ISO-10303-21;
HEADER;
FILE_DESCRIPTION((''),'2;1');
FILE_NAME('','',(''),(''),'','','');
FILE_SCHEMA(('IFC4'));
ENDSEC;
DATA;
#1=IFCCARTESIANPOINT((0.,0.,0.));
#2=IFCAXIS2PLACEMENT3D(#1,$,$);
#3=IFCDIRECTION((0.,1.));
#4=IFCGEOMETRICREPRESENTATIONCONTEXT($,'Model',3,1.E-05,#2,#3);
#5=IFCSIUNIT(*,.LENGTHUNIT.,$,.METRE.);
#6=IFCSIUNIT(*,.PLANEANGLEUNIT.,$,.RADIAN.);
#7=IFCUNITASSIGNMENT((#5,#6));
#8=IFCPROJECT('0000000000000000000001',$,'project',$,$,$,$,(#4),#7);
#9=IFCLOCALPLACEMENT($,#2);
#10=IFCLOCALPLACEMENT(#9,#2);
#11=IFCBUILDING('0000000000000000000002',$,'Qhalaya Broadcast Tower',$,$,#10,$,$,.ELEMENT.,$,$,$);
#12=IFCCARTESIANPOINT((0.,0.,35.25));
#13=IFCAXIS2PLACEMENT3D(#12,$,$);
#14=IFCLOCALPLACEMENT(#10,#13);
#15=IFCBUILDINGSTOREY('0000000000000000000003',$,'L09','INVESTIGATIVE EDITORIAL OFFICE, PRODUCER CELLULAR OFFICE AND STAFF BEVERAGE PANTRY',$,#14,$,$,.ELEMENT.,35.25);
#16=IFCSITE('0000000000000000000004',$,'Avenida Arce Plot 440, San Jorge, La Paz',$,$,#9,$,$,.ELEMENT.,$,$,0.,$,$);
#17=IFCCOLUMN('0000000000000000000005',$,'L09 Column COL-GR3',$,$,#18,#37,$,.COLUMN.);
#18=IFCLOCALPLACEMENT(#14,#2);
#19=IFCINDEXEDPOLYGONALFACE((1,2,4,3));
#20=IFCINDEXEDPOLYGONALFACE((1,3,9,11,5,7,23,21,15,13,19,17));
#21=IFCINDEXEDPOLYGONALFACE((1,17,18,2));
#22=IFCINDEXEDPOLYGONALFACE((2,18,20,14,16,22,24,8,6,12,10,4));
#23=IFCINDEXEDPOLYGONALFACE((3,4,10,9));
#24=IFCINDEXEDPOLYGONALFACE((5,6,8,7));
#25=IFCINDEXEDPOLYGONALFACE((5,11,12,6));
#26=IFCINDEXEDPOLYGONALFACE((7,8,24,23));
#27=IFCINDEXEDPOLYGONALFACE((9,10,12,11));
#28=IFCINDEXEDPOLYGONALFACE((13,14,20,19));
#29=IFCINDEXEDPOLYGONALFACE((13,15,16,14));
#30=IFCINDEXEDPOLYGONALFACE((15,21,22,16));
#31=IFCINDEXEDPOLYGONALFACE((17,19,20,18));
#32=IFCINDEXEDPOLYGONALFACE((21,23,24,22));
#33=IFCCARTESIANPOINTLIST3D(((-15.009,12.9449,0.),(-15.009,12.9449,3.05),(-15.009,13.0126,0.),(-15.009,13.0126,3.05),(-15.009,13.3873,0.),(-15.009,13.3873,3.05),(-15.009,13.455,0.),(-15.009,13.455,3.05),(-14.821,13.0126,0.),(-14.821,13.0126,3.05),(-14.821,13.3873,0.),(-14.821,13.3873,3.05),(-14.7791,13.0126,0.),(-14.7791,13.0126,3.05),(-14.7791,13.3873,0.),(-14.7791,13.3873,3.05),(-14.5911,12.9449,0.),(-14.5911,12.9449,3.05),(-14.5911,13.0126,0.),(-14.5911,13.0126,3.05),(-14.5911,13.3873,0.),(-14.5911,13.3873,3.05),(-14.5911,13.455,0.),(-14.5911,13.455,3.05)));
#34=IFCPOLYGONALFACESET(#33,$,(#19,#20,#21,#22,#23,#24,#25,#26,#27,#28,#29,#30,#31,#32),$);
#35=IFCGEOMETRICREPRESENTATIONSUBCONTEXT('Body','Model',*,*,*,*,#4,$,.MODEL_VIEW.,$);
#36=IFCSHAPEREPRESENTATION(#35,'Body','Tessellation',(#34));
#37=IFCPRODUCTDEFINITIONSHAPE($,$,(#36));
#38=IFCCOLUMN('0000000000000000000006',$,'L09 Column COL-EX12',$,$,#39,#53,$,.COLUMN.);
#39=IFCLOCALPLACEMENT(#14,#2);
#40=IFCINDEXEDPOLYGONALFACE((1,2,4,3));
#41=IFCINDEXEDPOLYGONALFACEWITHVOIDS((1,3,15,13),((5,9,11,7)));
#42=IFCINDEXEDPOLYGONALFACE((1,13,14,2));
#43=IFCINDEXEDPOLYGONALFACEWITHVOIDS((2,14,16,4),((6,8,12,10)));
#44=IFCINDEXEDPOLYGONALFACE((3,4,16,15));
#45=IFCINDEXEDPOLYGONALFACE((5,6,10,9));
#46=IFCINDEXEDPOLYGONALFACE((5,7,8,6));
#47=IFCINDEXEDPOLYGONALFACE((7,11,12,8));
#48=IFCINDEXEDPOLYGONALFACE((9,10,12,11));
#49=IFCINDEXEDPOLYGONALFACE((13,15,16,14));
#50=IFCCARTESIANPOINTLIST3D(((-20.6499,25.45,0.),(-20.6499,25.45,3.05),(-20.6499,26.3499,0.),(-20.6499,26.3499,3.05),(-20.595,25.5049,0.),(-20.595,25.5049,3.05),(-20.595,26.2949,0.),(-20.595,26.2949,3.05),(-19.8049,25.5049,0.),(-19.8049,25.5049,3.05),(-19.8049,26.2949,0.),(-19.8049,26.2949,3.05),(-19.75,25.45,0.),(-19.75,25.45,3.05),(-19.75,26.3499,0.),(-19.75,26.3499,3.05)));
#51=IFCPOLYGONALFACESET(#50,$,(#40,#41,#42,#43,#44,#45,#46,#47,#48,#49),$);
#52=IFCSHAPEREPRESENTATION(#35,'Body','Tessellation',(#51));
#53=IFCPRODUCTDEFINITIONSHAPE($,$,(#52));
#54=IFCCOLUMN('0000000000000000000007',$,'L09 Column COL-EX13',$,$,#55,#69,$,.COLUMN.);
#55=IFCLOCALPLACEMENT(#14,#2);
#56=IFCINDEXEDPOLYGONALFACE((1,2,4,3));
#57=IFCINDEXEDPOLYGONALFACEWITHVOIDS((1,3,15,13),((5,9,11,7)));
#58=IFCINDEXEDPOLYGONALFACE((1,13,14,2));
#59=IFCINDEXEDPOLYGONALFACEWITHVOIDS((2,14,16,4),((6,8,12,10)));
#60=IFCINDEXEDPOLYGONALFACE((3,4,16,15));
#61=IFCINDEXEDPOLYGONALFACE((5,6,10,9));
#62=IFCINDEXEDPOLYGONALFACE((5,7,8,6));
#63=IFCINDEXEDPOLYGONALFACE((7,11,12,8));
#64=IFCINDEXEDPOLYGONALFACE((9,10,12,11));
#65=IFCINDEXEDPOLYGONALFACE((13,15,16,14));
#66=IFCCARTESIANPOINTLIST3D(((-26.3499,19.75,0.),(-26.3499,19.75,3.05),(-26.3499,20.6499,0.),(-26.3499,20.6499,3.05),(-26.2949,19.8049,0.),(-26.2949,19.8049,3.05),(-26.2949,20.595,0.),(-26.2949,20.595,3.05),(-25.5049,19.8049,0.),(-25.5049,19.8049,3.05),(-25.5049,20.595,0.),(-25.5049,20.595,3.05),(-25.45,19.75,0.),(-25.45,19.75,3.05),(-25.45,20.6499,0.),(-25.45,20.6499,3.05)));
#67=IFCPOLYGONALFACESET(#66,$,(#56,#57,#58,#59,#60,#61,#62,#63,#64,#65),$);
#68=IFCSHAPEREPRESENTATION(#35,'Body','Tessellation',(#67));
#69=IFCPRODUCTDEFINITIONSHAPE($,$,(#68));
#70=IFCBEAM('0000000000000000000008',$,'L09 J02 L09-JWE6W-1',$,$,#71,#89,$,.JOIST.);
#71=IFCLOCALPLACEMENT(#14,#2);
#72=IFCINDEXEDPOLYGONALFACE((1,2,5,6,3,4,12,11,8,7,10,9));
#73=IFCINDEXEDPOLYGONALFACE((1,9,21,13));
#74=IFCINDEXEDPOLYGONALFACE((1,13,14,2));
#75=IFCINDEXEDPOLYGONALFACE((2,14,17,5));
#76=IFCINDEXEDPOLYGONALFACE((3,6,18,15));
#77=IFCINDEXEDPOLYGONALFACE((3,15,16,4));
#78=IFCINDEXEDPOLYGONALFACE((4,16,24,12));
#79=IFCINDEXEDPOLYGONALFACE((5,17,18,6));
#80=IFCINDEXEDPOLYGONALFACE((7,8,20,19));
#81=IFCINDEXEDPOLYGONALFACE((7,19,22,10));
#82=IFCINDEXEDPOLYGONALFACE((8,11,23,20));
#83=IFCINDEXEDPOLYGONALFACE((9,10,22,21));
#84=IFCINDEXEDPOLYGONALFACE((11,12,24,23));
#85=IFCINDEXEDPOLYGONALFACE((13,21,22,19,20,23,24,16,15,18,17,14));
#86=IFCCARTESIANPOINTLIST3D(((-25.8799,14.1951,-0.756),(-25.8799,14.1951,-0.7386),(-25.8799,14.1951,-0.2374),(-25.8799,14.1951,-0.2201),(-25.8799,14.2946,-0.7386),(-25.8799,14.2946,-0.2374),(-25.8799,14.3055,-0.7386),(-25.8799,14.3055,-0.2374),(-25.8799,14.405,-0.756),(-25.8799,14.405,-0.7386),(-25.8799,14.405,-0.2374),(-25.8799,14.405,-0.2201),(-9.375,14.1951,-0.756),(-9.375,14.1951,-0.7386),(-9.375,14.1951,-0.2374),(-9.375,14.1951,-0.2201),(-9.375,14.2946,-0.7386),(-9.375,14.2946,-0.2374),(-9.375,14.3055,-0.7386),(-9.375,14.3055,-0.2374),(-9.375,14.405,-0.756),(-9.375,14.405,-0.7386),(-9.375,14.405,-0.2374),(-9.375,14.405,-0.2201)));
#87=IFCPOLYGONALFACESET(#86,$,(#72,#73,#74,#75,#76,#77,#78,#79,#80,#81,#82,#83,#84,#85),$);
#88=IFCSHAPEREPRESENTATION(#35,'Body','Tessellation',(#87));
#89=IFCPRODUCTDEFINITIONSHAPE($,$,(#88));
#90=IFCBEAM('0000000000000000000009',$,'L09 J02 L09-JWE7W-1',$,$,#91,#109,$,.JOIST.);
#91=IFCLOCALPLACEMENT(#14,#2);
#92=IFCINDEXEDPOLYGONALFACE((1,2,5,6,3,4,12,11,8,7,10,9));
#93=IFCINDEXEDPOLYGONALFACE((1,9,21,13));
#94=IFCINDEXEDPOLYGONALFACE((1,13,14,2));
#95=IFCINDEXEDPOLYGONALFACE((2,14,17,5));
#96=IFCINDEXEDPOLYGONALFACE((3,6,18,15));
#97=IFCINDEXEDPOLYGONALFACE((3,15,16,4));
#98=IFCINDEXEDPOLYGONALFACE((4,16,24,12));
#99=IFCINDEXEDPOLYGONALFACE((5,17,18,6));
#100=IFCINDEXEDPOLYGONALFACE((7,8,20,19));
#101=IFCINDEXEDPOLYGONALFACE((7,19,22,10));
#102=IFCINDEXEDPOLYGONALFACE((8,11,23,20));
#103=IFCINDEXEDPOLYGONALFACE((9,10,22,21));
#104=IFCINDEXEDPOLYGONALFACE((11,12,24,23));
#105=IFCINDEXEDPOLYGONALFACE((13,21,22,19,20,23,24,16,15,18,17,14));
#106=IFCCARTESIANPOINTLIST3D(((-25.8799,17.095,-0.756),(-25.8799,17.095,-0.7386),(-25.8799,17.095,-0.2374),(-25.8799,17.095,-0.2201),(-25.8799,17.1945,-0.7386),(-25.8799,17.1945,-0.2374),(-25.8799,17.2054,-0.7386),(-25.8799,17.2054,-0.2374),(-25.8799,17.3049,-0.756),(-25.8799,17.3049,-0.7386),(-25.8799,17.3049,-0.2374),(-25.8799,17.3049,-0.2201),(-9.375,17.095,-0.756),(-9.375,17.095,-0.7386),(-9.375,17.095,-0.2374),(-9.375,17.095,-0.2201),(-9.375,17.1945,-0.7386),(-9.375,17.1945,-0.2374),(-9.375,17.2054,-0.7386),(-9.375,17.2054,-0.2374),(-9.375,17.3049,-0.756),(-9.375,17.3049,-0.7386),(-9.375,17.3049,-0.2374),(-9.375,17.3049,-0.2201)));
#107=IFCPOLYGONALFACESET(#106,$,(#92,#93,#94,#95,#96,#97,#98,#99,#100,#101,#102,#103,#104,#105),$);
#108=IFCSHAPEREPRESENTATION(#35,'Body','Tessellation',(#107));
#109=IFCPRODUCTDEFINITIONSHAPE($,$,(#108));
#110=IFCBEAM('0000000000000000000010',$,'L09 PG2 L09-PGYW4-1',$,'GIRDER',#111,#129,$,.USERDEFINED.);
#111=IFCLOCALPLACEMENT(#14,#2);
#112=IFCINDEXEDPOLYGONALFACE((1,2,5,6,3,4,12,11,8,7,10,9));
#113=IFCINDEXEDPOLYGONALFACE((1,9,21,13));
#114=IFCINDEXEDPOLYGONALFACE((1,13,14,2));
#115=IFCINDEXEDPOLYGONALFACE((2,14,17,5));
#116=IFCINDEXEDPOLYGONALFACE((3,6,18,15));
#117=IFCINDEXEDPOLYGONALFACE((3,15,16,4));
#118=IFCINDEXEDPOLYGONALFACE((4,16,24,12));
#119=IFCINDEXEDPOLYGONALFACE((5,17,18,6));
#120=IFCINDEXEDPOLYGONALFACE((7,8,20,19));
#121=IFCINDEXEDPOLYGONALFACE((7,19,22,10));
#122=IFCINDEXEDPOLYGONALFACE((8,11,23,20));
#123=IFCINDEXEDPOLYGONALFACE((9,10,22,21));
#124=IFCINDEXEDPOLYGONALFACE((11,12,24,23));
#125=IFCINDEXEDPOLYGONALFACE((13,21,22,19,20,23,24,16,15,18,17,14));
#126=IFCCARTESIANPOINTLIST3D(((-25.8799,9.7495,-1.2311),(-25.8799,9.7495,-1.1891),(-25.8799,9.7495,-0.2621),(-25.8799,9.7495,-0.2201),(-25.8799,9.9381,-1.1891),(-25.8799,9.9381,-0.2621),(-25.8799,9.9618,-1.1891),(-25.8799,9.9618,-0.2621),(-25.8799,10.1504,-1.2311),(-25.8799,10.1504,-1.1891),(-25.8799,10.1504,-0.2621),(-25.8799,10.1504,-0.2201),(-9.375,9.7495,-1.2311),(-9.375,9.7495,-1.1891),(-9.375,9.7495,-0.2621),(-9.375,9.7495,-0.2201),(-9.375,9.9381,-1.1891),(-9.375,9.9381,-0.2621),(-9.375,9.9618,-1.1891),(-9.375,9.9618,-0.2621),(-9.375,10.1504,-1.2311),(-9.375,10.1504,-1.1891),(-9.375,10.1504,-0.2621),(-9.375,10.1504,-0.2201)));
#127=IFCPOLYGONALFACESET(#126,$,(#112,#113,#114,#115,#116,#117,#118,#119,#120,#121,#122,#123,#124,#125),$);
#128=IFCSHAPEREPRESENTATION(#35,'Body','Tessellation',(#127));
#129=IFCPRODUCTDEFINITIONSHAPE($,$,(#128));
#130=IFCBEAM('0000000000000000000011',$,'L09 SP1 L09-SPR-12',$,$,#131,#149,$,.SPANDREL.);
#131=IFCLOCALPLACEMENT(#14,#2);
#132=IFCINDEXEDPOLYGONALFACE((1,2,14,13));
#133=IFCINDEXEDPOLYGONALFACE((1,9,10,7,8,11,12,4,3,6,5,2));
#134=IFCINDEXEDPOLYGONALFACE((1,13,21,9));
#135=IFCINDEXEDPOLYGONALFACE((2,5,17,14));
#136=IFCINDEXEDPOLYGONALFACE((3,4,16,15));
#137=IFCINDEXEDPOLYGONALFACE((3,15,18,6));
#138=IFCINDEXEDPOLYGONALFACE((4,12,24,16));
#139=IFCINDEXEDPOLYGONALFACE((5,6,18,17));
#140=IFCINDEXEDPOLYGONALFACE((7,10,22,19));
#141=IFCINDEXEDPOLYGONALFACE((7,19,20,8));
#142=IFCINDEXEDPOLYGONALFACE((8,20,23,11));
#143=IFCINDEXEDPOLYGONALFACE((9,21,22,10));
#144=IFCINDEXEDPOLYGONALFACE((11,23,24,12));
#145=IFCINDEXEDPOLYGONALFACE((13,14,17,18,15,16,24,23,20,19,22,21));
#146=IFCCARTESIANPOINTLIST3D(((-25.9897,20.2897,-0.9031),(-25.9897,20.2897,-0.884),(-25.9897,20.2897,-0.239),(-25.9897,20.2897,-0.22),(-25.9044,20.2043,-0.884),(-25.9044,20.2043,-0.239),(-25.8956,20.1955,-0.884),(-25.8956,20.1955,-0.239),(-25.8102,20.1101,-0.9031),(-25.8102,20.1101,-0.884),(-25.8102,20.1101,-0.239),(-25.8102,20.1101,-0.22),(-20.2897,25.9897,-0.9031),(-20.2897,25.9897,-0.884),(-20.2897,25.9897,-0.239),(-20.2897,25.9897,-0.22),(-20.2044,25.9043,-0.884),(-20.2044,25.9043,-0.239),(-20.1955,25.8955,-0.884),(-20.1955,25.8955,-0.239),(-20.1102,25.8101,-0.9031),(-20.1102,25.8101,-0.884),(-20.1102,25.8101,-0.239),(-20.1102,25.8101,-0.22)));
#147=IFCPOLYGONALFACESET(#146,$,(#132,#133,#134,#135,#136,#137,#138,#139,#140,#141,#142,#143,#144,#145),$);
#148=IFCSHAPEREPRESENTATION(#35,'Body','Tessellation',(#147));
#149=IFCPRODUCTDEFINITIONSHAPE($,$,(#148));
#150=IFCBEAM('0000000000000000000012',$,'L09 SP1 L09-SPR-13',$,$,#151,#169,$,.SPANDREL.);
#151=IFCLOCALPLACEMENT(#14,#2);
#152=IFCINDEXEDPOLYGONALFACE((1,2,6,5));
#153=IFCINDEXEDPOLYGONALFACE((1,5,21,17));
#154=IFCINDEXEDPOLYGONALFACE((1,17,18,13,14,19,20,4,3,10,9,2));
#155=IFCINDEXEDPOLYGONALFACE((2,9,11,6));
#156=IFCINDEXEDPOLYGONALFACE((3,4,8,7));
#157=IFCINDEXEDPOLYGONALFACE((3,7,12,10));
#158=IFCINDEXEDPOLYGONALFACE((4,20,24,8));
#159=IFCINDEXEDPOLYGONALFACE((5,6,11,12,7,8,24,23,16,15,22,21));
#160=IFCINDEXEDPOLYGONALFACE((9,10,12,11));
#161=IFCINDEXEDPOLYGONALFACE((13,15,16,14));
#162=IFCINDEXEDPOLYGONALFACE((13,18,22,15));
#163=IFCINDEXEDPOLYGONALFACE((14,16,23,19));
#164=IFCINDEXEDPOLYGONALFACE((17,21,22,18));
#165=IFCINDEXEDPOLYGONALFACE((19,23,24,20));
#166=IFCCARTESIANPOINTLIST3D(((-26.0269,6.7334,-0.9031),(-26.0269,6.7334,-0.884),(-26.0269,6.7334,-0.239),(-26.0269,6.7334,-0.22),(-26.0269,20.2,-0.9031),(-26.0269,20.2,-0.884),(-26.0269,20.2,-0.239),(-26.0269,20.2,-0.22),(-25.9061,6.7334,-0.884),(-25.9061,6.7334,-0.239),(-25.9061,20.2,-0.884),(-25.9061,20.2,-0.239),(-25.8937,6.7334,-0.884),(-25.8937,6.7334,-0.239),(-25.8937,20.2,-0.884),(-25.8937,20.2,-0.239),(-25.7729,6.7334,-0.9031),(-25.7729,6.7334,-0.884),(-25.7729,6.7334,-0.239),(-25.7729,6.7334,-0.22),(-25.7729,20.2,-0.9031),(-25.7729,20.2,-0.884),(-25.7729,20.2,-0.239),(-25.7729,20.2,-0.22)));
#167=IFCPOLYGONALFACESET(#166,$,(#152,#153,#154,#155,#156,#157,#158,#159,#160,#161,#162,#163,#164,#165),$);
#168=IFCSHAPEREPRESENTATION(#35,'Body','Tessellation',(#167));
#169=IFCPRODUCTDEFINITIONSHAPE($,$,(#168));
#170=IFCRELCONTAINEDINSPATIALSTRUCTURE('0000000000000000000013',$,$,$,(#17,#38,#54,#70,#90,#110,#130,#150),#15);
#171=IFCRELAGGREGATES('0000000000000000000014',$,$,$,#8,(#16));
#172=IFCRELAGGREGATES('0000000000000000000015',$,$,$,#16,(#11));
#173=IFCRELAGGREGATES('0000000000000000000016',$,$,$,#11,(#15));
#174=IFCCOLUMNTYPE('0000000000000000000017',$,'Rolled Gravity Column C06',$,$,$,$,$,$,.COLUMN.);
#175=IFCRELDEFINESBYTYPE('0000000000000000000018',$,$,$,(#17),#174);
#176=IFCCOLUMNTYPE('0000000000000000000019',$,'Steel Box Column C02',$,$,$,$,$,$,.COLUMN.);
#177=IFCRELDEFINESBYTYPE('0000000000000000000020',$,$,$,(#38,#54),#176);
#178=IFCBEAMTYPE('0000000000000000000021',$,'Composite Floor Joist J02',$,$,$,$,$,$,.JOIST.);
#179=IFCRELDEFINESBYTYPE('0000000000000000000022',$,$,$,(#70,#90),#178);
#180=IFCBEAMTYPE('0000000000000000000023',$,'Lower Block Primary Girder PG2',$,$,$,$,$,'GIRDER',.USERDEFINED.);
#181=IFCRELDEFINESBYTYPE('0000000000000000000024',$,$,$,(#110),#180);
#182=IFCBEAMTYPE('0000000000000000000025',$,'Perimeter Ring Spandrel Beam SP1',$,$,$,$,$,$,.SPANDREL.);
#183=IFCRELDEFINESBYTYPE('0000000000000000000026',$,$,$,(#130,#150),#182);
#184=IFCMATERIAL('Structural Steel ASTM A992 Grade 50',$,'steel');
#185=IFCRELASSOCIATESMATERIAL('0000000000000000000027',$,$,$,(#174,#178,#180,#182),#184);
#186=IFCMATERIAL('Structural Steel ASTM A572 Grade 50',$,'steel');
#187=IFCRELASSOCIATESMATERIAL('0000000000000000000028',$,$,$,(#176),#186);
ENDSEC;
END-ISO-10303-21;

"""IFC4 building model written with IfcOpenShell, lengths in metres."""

from ifc_helpers import new_model, si_unit, direction, frame, origin, origin_2d, place, context, subcontext, project, spatial, hollow_rectangle, i_section, extrude, material, material_profile, profile_set, type_object, element, save


model = new_model("IFC4")

# Units and contexts
model_context = context("Model", 3, precision=1e-05, world=origin(), true_north=direction((0.0, 1.0)))
body_context = subcontext(model_context, "Body", "Model", "MODEL_VIEW")
ifc_project = project(units=[si_unit("LENGTHUNIT", "METRE"), si_unit("PLANEANGLEUNIT", "RADIAN")], contexts=[model_context])

# Site, building, storey
site_placement = place(None, origin())
site = spatial("IfcSite", under=ifc_project, at=site_placement, Name="Avenida Arce Plot 440, San Jorge, La Paz", CompositionType="ELEMENT", RefElevation=0.0)
building_placement = place(site_placement, origin())
building = spatial("IfcBuilding", under=site, at=building_placement, Name="Qhalaya Broadcast Tower", CompositionType="ELEMENT")
storey_placement = place(building_placement, frame((0.0, 0.0, 35.25)))
storey = spatial("IfcBuildingStorey", under=building, at=storey_placement, Name="L09", Description="INVESTIGATIVE EDITORIAL OFFICE, PRODUCER CELLULAR OFFICE AND STAFF BEVERAGE PANTRY", CompositionType="ELEMENT", Elevation=35.25)

# Columns
ifc_material_1 = material(Name="Structural Steel ASTM A992 Grade 50", Category="steel")
ifc_material_profile_1 = material_profile(ifc_material_1, i_section(OverallWidth=0.418, OverallDepth=0.51, WebThickness=0.042, FlangeThickness=0.0676, at=origin_2d()), Name="W14X370")
ifc_profile_set_1 = profile_set([ifc_material_profile_1], Name="Structural Steel ASTM A992 Grade 50")
column_type_1 = type_object("IfcColumnType", Name="Rolled Gravity Column C06", PredefinedType="COLUMN", material=ifc_profile_set_1)
column_placement = place(storey_placement, frame((-14.8, 13.2, 0.0), z_axis=(0.0, 0.0, 1.0), x_axis=(1.0, 0.0, 0.0)))
element("IfcColumn", 1, at=column_placement, inside=storey, type_object=column_type_1, Name="L09 Column COL-GR3", PredefinedType="COLUMN", context=body_context, shape_type="SweptSolid", body=[
    extrude(i_section(OverallWidth=0.418, OverallDepth=0.51, WebThickness=0.042, FlangeThickness=0.0676, at=origin_2d()), origin(), (0.0, 0.0, 1.0), 3.05),
])
ifc_material_2 = material(Name="Structural Steel ASTM A572 Grade 50", Category="steel")
ifc_material_profile_2 = material_profile(ifc_material_2, hollow_rectangle(XDim=0.8999, YDim=0.8999, WallThickness=0.0549, at=origin_2d()), Name="BOX 900x900x55")
ifc_profile_set_2 = profile_set([ifc_material_profile_2], Name="Structural Steel ASTM A572 Grade 50")
column_type_2 = type_object("IfcColumnType", Name="Steel Box Column C02", PredefinedType="COLUMN", material=ifc_profile_set_2)
for number, where, z_axis, x_axis, name in (
    (2, (-20.2, 25.8999, 0.0), (0.0, 0.0, 1.0), (1.0, 0.0, 0.0), "L09 Column COL-EX12"),
    (3, (-25.8999, 20.2, 0.0), (0.0, 0.0, 1.0), (0.0, 1.0, 0.0), "L09 Column COL-EX13"),
):
    element("IfcColumn", number, at=place(storey_placement, frame(where, z_axis=z_axis, x_axis=x_axis)), inside=storey, type_object=column_type_2, Name=name, PredefinedType="COLUMN", context=body_context, shape_type="SweptSolid", body=[
        extrude(hollow_rectangle(XDim=0.8999, YDim=0.8999, WallThickness=0.0549, at=origin_2d()), origin(), (0.0, 0.0, 1.0), 3.05),
    ])

# Beams
ifc_material_profile_3 = material_profile(ifc_material_1, i_section(OverallWidth=0.21, OverallDepth=0.5359, WebThickness=0.011, FlangeThickness=0.0173, at=origin_2d()), Name="W21X68")
ifc_profile_set_3 = profile_set([ifc_material_profile_3], Name="Structural Steel ASTM A992 Grade 50")
beam_type_1 = type_object("IfcBeamType", Name="Composite Floor Joist J02", PredefinedType="JOIST", material=ifc_profile_set_3)
for number, where, z_axis, x_axis, name in (
    (4, (-25.8799, 14.3, -0.488), (1.0, 0.0, 0.0), (0.0, 1.0, 0.0), "L09 J02 L09-JWE6W-1"),
    (5, (-25.8799, 17.2, -0.488), (1.0, 0.0, 0.0), (0.0, 1.0, 0.0), "L09 J02 L09-JWE7W-1"),
):
    element("IfcBeam", number, at=place(storey_placement, frame(where, z_axis=z_axis, x_axis=x_axis)), inside=storey, type_object=beam_type_1, Name=name, PredefinedType="JOIST", context=body_context, shape_type="SweptSolid", body=[
        extrude(i_section(OverallWidth=0.21, OverallDepth=0.5359, WebThickness=0.011, FlangeThickness=0.0173, at=origin_2d()), origin(), (0.0, 0.0, 1.0), 16.5049),
    ])
ifc_material_profile_4 = material_profile(ifc_material_1, i_section(OverallWidth=0.4009, OverallDepth=1.011, WebThickness=0.0237, FlangeThickness=0.042, at=origin_2d()), Name="W40X297")
ifc_profile_set_4 = profile_set([ifc_material_profile_4], Name="Structural Steel ASTM A992 Grade 50")
beam_type_2 = type_object("IfcBeamType", Name="Lower Block Primary Girder PG2", ElementType="GIRDER", PredefinedType="USERDEFINED", material=ifc_profile_set_4)
beam_1_placement = place(storey_placement, frame((-25.8799, 9.95, -0.7256), z_axis=(1.0, 0.0, 0.0), x_axis=(0.0, 1.0, 0.0)))
element("IfcBeam", 6, at=beam_1_placement, inside=storey, type_object=beam_type_2, Name="L09 PG2 L09-PGYW4-1", ObjectType="GIRDER", PredefinedType="USERDEFINED", context=body_context, shape_type="SweptSolid", body=[
    extrude(i_section(OverallWidth=0.4009, OverallDepth=1.011, WebThickness=0.0237, FlangeThickness=0.042, at=origin_2d()), origin(), (0.0, 0.0, 1.0), 16.5049),
])
ifc_material_profile_5 = material_profile(ifc_material_1, i_section(OverallWidth=0.2539, OverallDepth=0.6831, WebThickness=0.0125, FlangeThickness=0.019, at=origin_2d()), Name="W27X94")
ifc_profile_set_5 = profile_set([ifc_material_profile_5], Name="Structural Steel ASTM A992 Grade 50")
beam_type_3 = type_object("IfcBeamType", Name="Perimeter Ring Spandrel Beam SP1", PredefinedType="SPANDREL", material=ifc_profile_set_5)
beam_2_placement = place(storey_placement, frame((-20.2, 25.8999, -0.5615), z_axis=(-0.707107, -0.707107, 0.0), x_axis=(0.707107, -0.707107, 0.0)))
element("IfcBeam", 7, at=beam_2_placement, inside=storey, type_object=beam_type_3, Name="L09 SP1 L09-SPR-12", PredefinedType="SPANDREL", context=body_context, shape_type="SweptSolid", body=[
    extrude(i_section(OverallWidth=0.2539, OverallDepth=0.6831, WebThickness=0.0125, FlangeThickness=0.019, at=origin_2d()), origin(), (0.0, 0.0, 1.0), 8.061),
])
beam_3_placement = place(storey_placement, frame((-25.8999, 20.2, -0.5615), z_axis=(0.0, -1.0, 0.0), x_axis=(1.0, 0.0, 0.0)))
element("IfcBeam", 8, at=beam_3_placement, inside=storey, type_object=beam_type_3, Name="L09 SP1 L09-SPR-13", PredefinedType="SPANDREL", context=body_context, shape_type="SweptSolid", body=[
    extrude(i_section(OverallWidth=0.2539, OverallDepth=0.6831, WebThickness=0.0125, FlangeThickness=0.019, at=origin_2d()), origin(), (0.0, 0.0, 1.0), 13.4666),
])

save(model, "model.ifc")
